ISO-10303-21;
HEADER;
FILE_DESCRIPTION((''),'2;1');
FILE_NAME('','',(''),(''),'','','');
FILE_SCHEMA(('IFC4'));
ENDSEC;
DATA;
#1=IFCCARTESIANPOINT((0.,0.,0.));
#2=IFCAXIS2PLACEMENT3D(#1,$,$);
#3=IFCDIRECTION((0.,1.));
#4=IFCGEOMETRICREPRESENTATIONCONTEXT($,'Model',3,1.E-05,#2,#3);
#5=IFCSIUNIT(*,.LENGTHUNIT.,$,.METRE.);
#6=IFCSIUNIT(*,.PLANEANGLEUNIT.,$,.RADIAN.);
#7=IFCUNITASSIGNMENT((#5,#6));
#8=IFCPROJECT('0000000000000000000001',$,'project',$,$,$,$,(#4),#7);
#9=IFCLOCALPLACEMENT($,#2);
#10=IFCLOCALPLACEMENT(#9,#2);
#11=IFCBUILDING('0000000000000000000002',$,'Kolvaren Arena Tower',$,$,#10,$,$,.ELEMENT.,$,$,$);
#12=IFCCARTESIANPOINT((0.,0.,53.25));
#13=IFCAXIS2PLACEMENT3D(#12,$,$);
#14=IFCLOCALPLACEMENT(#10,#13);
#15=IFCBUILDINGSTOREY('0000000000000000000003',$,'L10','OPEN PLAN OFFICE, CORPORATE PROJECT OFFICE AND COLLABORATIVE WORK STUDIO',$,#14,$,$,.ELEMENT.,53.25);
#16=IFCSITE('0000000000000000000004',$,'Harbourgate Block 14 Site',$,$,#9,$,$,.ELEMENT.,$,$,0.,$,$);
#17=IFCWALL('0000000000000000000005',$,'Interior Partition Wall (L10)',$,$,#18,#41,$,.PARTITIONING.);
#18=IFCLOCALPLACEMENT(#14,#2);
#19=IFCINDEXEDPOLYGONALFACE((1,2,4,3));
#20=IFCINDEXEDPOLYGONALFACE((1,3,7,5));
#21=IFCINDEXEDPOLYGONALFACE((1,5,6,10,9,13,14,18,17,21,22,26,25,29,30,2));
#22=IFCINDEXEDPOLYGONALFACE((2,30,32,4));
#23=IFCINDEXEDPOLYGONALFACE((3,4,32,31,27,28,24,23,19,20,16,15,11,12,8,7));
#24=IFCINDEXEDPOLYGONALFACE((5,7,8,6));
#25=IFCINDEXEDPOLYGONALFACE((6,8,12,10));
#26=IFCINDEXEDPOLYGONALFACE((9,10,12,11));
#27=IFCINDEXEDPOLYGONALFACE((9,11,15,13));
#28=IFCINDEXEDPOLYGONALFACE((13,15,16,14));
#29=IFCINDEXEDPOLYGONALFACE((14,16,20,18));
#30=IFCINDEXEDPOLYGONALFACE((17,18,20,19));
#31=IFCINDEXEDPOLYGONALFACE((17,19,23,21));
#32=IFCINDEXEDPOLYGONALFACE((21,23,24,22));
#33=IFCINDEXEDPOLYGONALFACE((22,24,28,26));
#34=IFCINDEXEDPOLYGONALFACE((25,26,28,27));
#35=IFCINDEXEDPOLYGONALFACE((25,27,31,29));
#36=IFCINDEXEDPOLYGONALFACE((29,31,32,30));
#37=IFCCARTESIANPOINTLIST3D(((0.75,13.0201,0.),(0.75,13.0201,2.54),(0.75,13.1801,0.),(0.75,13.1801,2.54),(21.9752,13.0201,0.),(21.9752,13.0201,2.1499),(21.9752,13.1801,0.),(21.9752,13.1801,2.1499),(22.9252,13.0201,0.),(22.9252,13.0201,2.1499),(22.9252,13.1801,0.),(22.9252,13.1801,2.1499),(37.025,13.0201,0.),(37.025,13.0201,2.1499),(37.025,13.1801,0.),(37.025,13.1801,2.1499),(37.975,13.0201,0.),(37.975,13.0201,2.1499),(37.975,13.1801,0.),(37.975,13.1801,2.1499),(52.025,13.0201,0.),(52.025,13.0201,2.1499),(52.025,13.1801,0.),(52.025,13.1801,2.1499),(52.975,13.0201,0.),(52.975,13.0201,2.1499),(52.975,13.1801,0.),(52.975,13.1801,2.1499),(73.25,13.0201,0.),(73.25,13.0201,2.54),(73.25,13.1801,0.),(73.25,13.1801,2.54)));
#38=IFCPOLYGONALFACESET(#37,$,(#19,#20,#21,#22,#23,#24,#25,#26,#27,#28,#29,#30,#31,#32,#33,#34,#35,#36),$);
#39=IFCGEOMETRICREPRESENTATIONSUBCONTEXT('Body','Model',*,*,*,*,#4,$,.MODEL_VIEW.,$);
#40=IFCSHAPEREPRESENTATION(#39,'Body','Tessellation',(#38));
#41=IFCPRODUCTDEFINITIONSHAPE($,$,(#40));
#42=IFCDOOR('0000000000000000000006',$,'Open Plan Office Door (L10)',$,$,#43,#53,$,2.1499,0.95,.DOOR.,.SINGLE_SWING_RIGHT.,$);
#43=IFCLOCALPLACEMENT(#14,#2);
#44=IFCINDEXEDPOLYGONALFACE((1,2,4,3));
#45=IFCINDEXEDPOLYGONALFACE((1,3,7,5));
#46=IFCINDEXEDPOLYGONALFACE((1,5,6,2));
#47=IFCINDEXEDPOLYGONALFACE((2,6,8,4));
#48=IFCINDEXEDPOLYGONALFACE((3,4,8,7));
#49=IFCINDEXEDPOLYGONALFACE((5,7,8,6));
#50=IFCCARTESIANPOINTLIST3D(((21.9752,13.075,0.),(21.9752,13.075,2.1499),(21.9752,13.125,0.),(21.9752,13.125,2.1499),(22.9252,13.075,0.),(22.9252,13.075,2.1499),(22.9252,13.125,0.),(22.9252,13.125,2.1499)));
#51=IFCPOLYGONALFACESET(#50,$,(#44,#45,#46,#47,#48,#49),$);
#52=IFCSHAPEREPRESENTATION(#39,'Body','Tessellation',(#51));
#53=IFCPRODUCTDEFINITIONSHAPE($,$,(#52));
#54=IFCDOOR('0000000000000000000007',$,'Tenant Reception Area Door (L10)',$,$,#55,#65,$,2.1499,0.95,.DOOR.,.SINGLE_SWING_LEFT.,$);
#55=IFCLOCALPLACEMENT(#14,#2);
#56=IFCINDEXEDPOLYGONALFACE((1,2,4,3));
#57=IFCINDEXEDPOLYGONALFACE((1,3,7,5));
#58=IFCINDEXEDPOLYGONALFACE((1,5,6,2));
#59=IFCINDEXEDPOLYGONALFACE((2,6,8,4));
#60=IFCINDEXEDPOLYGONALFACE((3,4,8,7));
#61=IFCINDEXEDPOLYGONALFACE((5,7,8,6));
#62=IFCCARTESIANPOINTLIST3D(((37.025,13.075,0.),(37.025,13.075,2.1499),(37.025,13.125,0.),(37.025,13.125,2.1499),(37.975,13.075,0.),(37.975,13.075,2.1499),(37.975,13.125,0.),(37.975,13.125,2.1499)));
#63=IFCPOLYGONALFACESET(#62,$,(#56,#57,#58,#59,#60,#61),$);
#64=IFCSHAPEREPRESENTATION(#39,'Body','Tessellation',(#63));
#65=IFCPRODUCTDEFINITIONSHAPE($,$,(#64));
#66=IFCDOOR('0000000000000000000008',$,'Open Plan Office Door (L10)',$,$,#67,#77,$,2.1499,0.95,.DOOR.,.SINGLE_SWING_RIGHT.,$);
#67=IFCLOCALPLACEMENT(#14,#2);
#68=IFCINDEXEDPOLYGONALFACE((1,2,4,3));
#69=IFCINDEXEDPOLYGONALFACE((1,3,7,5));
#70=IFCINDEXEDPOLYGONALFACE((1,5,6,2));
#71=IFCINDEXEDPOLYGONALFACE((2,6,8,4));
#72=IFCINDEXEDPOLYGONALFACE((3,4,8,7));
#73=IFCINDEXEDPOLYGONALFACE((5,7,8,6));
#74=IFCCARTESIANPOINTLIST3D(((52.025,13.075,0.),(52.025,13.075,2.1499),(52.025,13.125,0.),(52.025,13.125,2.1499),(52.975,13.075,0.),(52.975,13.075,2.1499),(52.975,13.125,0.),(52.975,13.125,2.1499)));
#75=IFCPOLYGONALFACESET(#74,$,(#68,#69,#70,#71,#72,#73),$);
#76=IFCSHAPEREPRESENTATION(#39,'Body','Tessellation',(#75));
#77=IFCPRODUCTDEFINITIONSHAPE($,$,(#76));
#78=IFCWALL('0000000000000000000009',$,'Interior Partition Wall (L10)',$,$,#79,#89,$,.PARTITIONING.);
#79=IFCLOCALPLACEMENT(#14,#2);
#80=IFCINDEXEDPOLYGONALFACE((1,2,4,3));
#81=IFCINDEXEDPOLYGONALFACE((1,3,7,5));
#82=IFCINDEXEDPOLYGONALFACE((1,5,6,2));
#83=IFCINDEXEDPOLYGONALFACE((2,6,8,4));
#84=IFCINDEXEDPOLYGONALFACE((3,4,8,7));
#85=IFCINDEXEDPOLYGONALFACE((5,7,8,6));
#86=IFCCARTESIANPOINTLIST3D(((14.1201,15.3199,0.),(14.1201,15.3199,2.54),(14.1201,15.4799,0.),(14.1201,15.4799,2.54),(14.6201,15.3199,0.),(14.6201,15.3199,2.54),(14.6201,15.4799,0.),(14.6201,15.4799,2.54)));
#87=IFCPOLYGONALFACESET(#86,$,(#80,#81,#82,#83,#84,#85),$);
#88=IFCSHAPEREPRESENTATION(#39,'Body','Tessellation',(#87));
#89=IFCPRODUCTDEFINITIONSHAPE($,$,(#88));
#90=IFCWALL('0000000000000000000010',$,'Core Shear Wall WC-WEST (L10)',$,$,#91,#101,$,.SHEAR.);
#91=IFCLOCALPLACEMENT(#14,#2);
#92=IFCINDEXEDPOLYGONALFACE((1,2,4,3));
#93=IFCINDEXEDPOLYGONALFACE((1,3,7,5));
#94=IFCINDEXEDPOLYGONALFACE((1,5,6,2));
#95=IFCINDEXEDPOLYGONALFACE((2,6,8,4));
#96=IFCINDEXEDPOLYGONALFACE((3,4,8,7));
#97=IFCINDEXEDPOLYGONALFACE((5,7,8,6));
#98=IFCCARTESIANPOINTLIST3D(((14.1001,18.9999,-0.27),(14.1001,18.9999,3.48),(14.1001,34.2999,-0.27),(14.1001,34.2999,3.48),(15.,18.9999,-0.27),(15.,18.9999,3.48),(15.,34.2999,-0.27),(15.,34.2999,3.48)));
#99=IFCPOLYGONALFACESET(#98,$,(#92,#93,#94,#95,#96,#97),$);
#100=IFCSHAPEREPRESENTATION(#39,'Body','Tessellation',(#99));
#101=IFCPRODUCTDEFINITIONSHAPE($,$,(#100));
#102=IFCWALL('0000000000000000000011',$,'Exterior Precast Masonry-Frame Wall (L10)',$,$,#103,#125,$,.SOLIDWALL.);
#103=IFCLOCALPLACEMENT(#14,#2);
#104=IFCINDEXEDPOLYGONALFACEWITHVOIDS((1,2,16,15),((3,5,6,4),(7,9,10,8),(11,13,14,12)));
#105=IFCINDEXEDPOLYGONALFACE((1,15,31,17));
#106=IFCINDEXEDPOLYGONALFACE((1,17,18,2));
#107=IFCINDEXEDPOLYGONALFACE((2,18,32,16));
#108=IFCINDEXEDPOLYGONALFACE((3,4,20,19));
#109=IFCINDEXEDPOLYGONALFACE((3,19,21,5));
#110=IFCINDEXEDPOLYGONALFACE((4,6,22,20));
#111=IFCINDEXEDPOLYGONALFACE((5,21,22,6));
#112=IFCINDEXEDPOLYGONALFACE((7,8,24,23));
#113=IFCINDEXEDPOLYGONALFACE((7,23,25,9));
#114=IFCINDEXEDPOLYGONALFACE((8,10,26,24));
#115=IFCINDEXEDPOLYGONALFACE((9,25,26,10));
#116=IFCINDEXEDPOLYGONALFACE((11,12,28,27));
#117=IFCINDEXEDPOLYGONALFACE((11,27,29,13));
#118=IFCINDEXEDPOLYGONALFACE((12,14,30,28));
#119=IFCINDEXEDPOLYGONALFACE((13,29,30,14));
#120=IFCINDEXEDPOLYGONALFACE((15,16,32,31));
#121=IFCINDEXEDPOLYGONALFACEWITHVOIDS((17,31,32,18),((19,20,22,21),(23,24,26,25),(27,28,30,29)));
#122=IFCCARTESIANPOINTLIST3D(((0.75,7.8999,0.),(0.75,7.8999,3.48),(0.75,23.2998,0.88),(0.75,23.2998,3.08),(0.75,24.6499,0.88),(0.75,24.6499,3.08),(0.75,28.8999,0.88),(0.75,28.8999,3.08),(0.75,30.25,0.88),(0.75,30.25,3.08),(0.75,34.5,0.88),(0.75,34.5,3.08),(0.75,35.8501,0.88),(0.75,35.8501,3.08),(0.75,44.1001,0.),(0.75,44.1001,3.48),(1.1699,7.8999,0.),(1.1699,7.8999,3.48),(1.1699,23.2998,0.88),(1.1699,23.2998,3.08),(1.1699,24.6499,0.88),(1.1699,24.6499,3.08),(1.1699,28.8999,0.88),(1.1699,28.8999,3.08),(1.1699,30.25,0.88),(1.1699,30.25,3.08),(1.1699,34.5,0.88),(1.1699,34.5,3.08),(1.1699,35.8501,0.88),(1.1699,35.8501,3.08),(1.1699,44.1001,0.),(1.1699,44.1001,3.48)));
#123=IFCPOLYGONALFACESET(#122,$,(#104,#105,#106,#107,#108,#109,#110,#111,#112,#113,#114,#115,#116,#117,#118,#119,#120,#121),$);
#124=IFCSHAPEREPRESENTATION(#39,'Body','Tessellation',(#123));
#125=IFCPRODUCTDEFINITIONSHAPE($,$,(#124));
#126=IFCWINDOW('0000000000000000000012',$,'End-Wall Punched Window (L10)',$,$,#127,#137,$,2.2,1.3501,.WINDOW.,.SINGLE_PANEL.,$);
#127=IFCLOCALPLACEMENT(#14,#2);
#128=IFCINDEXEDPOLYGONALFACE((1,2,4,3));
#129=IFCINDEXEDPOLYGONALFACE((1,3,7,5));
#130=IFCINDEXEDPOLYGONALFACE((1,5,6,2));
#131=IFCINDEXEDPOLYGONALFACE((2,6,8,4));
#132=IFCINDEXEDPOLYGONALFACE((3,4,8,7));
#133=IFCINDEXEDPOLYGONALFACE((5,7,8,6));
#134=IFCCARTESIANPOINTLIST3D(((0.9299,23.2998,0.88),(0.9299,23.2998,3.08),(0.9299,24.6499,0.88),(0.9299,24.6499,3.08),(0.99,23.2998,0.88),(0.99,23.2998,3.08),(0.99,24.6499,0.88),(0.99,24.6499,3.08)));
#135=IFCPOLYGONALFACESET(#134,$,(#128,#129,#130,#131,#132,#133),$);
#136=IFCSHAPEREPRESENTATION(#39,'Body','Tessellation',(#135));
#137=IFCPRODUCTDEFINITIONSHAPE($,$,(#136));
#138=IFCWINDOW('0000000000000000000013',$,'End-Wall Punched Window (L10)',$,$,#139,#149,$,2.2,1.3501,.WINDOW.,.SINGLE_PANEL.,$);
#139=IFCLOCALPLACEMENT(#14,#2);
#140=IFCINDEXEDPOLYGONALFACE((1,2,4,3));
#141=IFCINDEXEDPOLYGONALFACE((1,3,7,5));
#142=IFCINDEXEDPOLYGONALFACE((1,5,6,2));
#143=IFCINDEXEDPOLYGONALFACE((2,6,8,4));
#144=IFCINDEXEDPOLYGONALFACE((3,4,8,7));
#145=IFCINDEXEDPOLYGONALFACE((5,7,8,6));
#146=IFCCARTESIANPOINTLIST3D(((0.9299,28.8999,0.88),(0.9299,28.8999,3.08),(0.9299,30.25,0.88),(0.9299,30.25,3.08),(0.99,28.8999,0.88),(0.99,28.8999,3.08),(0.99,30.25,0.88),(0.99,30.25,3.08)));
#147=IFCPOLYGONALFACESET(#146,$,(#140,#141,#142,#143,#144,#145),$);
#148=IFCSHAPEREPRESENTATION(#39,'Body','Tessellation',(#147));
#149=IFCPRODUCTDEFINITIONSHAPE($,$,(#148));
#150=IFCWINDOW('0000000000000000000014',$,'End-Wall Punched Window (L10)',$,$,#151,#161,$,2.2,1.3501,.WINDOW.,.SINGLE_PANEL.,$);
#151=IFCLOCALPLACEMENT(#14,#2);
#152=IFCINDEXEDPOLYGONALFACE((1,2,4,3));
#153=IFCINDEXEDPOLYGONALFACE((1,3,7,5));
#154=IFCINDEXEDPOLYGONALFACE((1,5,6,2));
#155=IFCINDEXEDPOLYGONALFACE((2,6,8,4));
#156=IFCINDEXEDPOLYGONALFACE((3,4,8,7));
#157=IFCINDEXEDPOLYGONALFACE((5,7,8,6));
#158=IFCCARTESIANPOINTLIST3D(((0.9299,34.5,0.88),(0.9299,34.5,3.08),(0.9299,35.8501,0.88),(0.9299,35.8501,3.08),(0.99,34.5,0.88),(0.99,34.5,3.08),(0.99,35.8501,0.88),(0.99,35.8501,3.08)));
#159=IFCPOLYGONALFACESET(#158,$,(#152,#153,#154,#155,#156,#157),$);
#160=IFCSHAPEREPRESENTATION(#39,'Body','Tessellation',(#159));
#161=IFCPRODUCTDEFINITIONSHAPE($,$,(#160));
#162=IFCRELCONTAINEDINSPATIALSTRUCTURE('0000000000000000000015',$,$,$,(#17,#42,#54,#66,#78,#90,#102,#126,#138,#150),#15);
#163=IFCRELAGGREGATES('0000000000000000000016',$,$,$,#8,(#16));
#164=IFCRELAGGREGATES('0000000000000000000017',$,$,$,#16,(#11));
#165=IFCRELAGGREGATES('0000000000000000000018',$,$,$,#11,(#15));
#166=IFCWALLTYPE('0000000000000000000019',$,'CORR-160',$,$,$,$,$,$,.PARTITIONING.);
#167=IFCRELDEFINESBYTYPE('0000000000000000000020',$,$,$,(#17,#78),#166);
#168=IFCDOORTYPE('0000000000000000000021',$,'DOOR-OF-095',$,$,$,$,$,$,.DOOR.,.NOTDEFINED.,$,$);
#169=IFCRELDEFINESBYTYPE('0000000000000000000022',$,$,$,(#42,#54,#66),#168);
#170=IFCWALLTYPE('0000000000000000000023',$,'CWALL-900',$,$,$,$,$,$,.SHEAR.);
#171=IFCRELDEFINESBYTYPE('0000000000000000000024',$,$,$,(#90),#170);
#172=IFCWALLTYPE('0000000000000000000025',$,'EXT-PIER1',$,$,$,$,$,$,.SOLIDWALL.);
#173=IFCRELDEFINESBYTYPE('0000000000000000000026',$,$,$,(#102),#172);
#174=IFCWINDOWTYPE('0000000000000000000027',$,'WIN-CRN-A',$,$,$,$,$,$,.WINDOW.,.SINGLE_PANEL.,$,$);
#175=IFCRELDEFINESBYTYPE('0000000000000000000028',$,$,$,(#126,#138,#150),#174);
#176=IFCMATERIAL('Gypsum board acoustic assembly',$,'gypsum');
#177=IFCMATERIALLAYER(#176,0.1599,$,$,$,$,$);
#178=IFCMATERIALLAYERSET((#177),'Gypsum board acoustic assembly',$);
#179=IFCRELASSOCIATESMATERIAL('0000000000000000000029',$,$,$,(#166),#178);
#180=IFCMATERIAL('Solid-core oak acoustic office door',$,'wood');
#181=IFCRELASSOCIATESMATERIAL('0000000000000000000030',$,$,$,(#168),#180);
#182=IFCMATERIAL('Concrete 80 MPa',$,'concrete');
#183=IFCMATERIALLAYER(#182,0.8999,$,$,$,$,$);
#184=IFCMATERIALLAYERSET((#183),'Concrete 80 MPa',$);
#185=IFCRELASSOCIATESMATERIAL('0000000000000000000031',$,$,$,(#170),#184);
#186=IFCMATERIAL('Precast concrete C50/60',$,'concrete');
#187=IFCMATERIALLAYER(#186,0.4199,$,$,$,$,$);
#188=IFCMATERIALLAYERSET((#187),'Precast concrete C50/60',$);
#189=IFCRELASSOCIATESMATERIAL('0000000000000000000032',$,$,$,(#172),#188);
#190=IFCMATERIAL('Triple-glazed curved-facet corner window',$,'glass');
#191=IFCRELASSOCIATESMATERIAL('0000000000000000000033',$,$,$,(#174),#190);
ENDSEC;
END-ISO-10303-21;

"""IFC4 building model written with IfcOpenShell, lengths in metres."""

from ifc_helpers import new_model, si_unit, direction, frame, frame_2d, origin, place, context, subcontext, project, spatial, rectangle, extrude, material, layer, layer_set, type_object, element, fill, save


model = new_model("IFC4")

# Units and contexts
model_context = context("Model", 3, precision=1e-05, world=origin(), true_north=direction((0.0, 1.0)))
body_context = subcontext(model_context, "Body", "Model", "MODEL_VIEW")
ifc_project = project(units=[si_unit("LENGTHUNIT", "METRE"), si_unit("PLANEANGLEUNIT", "RADIAN")], contexts=[model_context])

# Site, building, storey
site_placement = place(None, origin())
site = spatial("IfcSite", under=ifc_project, at=site_placement, Name="Harbourgate Block 14 Site", CompositionType="ELEMENT", RefElevation=0.0)
building_placement = place(site_placement, origin())
building = spatial("IfcBuilding", under=site, at=building_placement, Name="Kolvaren Arena Tower", CompositionType="ELEMENT")
storey_placement = place(building_placement, frame((0.0, 0.0, 53.25)))
storey = spatial("IfcBuildingStorey", under=building, at=storey_placement, Name="L10", Description="OPEN PLAN OFFICE, CORPORATE PROJECT OFFICE AND COLLABORATIVE WORK STUDIO", CompositionType="ELEMENT", Elevation=53.25)

# Wall, openings, doors
ifc_material_1 = material(Name="Gypsum board acoustic assembly", Category="gypsum")
ifc_layer_1 = layer(ifc_material_1, 0.1599)
ifc_layer_set_1 = layer_set([ifc_layer_1], Name="Gypsum board acoustic assembly")
wall_type_1 = type_object("IfcWallType", Name="CORR-160", PredefinedType="PARTITIONING", material=ifc_layer_set_1)
wall_1_placement = place(storey_placement, frame((0.75, 13.1001, 0.0), z_axis=(0.0, 0.0, 1.0), x_axis=(1.0, 0.0, 0.0)))
wall_1 = element("IfcWall", 1, at=wall_1_placement, inside=storey, type_object=wall_type_1, Name="Interior Partition Wall (L10)", PredefinedType="PARTITIONING", context=body_context, shape_type="SweptSolid", body=[
    extrude(rectangle(XDim=72.5, YDim=0.1599, at=frame_2d((36.25, 0.0))), origin(), (0.0, 0.0, 1.0), 2.54),
])
opening_1_placement = place(wall_1_placement, frame((21.2251, 0.0, 0.0)))
opening_1 = element("IfcOpeningElement", 2, at=opening_1_placement, cuts=wall_1, PredefinedType="OPENING", context=body_context, shape_type="SweptSolid", body=[
    extrude(rectangle(XDim=0.95, YDim=2.1499, at=frame_2d((0.4751, 1.075))), frame((0.0, 0.0898, 0.0), z_axis=(0.0, -1.0, 0.0), x_axis=(1.0, 0.0, 0.0)), (0.0, 0.0, 1.0), 0.1799),
])
opening_2_placement = place(wall_1_placement, frame((36.2749, 0.0, 0.0)))
opening_2 = element("IfcOpeningElement", 3, at=opening_2_placement, cuts=wall_1, PredefinedType="OPENING", context=body_context, shape_type="SweptSolid", body=[
    extrude(rectangle(XDim=0.95, YDim=2.1499, at=frame_2d((0.4751, 1.075))), frame((0.0, 0.0898, 0.0), z_axis=(0.0, -1.0, 0.0), x_axis=(1.0, 0.0, 0.0)), (0.0, 0.0, 1.0), 0.1799),
])
opening_3_placement = place(wall_1_placement, frame((51.2749, 0.0, 0.0)))
opening_3 = element("IfcOpeningElement", 4, at=opening_3_placement, cuts=wall_1, PredefinedType="OPENING", context=body_context, shape_type="SweptSolid", body=[
    extrude(rectangle(XDim=0.95, YDim=2.1499, at=frame_2d((0.4751, 1.075))), frame((0.0, 0.0898, 0.0), z_axis=(0.0, -1.0, 0.0), x_axis=(1.0, 0.0, 0.0)), (0.0, 0.0, 1.0), 0.1799),
])
ifc_material_2 = material(Name="Solid-core oak acoustic office door", Category="wood")
door_type_1 = type_object("IfcDoorType", Name="DOOR-OF-095", OperationType="NOTDEFINED", PredefinedType="DOOR", material=ifc_material_2)
door_1_placement = place(opening_1_placement, origin())
door_1 = element("IfcDoor", 5, at=door_1_placement, inside=storey, type_object=door_type_1, Name="Open Plan Office Door (L10)", OperationType="SINGLE_SWING_RIGHT", OverallHeight=2.1499, OverallWidth=0.95, PredefinedType="DOOR", context=body_context, shape_type="SweptSolid", body=[
    extrude(rectangle(XDim=0.95, YDim=2.1499, at=frame_2d((0.4751, 1.075))), frame((0.0, 0.0249, 0.0), z_axis=(0.0, -1.0, 0.0), x_axis=(1.0, 0.0, 0.0)), (0.0, 0.0, 1.0), 0.05),
])
fill(opening_1, door_1)
door_2_placement = place(opening_2_placement, origin())
door_2 = element("IfcDoor", 6, at=door_2_placement, inside=storey, type_object=door_type_1, Name="Tenant Reception Area Door (L10)", OperationType="SINGLE_SWING_LEFT", OverallHeight=2.1499, OverallWidth=0.95, PredefinedType="DOOR", context=body_context, shape_type="SweptSolid", body=[
    extrude(rectangle(XDim=0.95, YDim=2.1499, at=frame_2d((0.4751, 1.075))), frame((0.0, 0.0249, 0.0), z_axis=(0.0, -1.0, 0.0), x_axis=(1.0, 0.0, 0.0)), (0.0, 0.0, 1.0), 0.05),
])
fill(opening_2, door_2)
door_3_placement = place(opening_3_placement, origin())
door_3 = element("IfcDoor", 7, at=door_3_placement, inside=storey, type_object=door_type_1, Name="Open Plan Office Door (L10)", OperationType="SINGLE_SWING_RIGHT", OverallHeight=2.1499, OverallWidth=0.95, PredefinedType="DOOR", context=body_context, shape_type="SweptSolid", body=[
    extrude(rectangle(XDim=0.95, YDim=2.1499, at=frame_2d((0.4751, 1.075))), frame((0.0, 0.0249, 0.0), z_axis=(0.0, -1.0, 0.0), x_axis=(1.0, 0.0, 0.0)), (0.0, 0.0, 1.0), 0.05),
])
fill(opening_3, door_3)

# Walls
wall_2_placement = place(storey_placement, frame((14.1201, 15.3999, 0.0), z_axis=(0.0, 0.0, 1.0), x_axis=(1.0, 0.0, 0.0)))
element("IfcWall", 8, at=wall_2_placement, inside=storey, type_object=wall_type_1, Name="Interior Partition Wall (L10)", PredefinedType="PARTITIONING", context=body_context, shape_type="SweptSolid", body=[
    extrude(rectangle(XDim=0.5, YDim=0.1599, at=frame_2d((0.25, 0.0))), origin(), (0.0, 0.0, 1.0), 2.54),
])
ifc_material_3 = material(Name="Concrete 80 MPa", Category="concrete")
ifc_layer_2 = layer(ifc_material_3, 0.8999)
ifc_layer_set_2 = layer_set([ifc_layer_2], Name="Concrete 80 MPa")
wall_type_2 = type_object("IfcWallType", Name="CWALL-900", PredefinedType="SHEAR", material=ifc_layer_set_2)
wall_3_placement = place(storey_placement, frame((14.55, 19.0, -0.27), z_axis=(0.0, 0.0, 1.0), x_axis=(0.0, 1.0, 0.0)))
element("IfcWall", 9, at=wall_3_placement, inside=storey, type_object=wall_type_2, Name="Core Shear Wall WC-WEST (L10)", PredefinedType="SHEAR", context=body_context, shape_type="SweptSolid", body=[
    extrude(rectangle(XDim=15.3, YDim=0.8999, at=frame_2d((7.6499, 0.0))), origin(), (0.0, 0.0, 1.0), 3.75),
])

# Wall, openings, windows
ifc_material_4 = material(Name="Precast concrete C50/60", Category="concrete")
ifc_layer_3 = layer(ifc_material_4, 0.4199)
ifc_layer_set_3 = layer_set([ifc_layer_3], Name="Precast concrete C50/60")
wall_type_3 = type_object("IfcWallType", Name="EXT-PIER1", PredefinedType="SOLIDWALL", material=ifc_layer_set_3)
wall_4_placement = place(storey_placement, frame((0.96, 7.8999, 0.0), z_axis=(0.0, 0.0, 1.0), x_axis=(0.0, 1.0, 0.0)))
wall_4 = element("IfcWall", 10, at=wall_4_placement, inside=storey, type_object=wall_type_3, Name="Exterior Precast Masonry-Frame Wall (L10)", PredefinedType="SOLIDWALL", context=body_context, shape_type="SweptSolid", body=[
    extrude(rectangle(XDim=36.2002, YDim=0.4199, at=frame_2d((18.1001, 0.0))), origin(), (0.0, 0.0, 1.0), 3.48),
])
opening_4_placement = place(wall_4_placement, frame((15.3999, 0.0, 0.8799)))
opening_4 = element("IfcOpeningElement", 11, at=opening_4_placement, cuts=wall_4, PredefinedType="OPENING", context=body_context, shape_type="SweptSolid", body=[
    extrude(rectangle(XDim=1.3501, YDim=2.2, at=frame_2d((0.675, 1.1001))), frame((0.0, 0.22, 0.0), z_axis=(0.0, -1.0, 0.0), x_axis=(1.0, 0.0, 0.0)), (0.0, 0.0, 1.0), 0.4399),
])
opening_5_placement = place(wall_4_placement, frame((21.0, 0.0, 0.8799)))
opening_5 = element("IfcOpeningElement", 12, at=opening_5_placement, cuts=wall_4, PredefinedType="OPENING", context=body_context, shape_type="SweptSolid", body=[
    extrude(rectangle(XDim=1.3501, YDim=2.2, at=frame_2d((0.675, 1.1001))), frame((0.0, 0.22, 0.0), z_axis=(0.0, -1.0, 0.0), x_axis=(1.0, 0.0, 0.0)), (0.0, 0.0, 1.0), 0.4399),
])
opening_6_placement = place(wall_4_placement, frame((26.6001, 0.0, 0.8799)))
opening_6 = element("IfcOpeningElement", 13, at=opening_6_placement, cuts=wall_4, PredefinedType="OPENING", context=body_context, shape_type="SweptSolid", body=[
    extrude(rectangle(XDim=1.3501, YDim=2.2, at=frame_2d((0.675, 1.1001))), frame((0.0, 0.22, 0.0), z_axis=(0.0, -1.0, 0.0), x_axis=(1.0, 0.0, 0.0)), (0.0, 0.0, 1.0), 0.4399),
])
ifc_material_5 = material(Name="Triple-glazed curved-facet corner window", Category="glass")
window_type = type_object("IfcWindowType", Name="WIN-CRN-A", PartitioningType="SINGLE_PANEL", PredefinedType="WINDOW", material=ifc_material_5)
window_1_placement = place(opening_4_placement, origin())
window_1 = element("IfcWindow", 14, at=window_1_placement, inside=storey, type_object=window_type, Name="End-Wall Punched Window (L10)", OverallHeight=2.2, OverallWidth=1.3501, PartitioningType="SINGLE_PANEL", PredefinedType="WINDOW", context=body_context, shape_type="SweptSolid", body=[
    extrude(rectangle(XDim=1.3501, YDim=2.2, at=frame_2d((0.675, 1.1001))), frame((0.0, 0.03, 0.0), z_axis=(0.0, -1.0, 0.0), x_axis=(1.0, 0.0, 0.0)), (0.0, 0.0, 1.0), 0.0601),
])
fill(opening_4, window_1)
window_2_placement = place(opening_5_placement, origin())
window_2 = element("IfcWindow", 15, at=window_2_placement, inside=storey, type_object=window_type, Name="End-Wall Punched Window (L10)", OverallHeight=2.2, OverallWidth=1.3501, PartitioningType="SINGLE_PANEL", PredefinedType="WINDOW", context=body_context, shape_type="SweptSolid", body=[
    extrude(rectangle(XDim=1.3501, YDim=2.2, at=frame_2d((0.675, 1.1001))), frame((0.0, 0.03, 0.0), z_axis=(0.0, -1.0, 0.0), x_axis=(1.0, 0.0, 0.0)), (0.0, 0.0, 1.0), 0.0601),
])
fill(opening_5, window_2)
window_3_placement = place(opening_6_placement, origin())
window_3 = element("IfcWindow", 16, at=window_3_placement, inside=storey, type_object=window_type, Name="End-Wall Punched Window (L10)", OverallHeight=2.2, OverallWidth=1.3501, PartitioningType="SINGLE_PANEL", PredefinedType="WINDOW", context=body_context, shape_type="SweptSolid", body=[
    extrude(rectangle(XDim=1.3501, YDim=2.2, at=frame_2d((0.675, 1.1001))), frame((0.0, 0.03, 0.0), z_axis=(0.0, -1.0, 0.0), x_axis=(1.0, 0.0, 0.0)), (0.0, 0.0, 1.0), 0.0601),
])
fill(opening_6, window_3)

save(model, "model.ifc")
